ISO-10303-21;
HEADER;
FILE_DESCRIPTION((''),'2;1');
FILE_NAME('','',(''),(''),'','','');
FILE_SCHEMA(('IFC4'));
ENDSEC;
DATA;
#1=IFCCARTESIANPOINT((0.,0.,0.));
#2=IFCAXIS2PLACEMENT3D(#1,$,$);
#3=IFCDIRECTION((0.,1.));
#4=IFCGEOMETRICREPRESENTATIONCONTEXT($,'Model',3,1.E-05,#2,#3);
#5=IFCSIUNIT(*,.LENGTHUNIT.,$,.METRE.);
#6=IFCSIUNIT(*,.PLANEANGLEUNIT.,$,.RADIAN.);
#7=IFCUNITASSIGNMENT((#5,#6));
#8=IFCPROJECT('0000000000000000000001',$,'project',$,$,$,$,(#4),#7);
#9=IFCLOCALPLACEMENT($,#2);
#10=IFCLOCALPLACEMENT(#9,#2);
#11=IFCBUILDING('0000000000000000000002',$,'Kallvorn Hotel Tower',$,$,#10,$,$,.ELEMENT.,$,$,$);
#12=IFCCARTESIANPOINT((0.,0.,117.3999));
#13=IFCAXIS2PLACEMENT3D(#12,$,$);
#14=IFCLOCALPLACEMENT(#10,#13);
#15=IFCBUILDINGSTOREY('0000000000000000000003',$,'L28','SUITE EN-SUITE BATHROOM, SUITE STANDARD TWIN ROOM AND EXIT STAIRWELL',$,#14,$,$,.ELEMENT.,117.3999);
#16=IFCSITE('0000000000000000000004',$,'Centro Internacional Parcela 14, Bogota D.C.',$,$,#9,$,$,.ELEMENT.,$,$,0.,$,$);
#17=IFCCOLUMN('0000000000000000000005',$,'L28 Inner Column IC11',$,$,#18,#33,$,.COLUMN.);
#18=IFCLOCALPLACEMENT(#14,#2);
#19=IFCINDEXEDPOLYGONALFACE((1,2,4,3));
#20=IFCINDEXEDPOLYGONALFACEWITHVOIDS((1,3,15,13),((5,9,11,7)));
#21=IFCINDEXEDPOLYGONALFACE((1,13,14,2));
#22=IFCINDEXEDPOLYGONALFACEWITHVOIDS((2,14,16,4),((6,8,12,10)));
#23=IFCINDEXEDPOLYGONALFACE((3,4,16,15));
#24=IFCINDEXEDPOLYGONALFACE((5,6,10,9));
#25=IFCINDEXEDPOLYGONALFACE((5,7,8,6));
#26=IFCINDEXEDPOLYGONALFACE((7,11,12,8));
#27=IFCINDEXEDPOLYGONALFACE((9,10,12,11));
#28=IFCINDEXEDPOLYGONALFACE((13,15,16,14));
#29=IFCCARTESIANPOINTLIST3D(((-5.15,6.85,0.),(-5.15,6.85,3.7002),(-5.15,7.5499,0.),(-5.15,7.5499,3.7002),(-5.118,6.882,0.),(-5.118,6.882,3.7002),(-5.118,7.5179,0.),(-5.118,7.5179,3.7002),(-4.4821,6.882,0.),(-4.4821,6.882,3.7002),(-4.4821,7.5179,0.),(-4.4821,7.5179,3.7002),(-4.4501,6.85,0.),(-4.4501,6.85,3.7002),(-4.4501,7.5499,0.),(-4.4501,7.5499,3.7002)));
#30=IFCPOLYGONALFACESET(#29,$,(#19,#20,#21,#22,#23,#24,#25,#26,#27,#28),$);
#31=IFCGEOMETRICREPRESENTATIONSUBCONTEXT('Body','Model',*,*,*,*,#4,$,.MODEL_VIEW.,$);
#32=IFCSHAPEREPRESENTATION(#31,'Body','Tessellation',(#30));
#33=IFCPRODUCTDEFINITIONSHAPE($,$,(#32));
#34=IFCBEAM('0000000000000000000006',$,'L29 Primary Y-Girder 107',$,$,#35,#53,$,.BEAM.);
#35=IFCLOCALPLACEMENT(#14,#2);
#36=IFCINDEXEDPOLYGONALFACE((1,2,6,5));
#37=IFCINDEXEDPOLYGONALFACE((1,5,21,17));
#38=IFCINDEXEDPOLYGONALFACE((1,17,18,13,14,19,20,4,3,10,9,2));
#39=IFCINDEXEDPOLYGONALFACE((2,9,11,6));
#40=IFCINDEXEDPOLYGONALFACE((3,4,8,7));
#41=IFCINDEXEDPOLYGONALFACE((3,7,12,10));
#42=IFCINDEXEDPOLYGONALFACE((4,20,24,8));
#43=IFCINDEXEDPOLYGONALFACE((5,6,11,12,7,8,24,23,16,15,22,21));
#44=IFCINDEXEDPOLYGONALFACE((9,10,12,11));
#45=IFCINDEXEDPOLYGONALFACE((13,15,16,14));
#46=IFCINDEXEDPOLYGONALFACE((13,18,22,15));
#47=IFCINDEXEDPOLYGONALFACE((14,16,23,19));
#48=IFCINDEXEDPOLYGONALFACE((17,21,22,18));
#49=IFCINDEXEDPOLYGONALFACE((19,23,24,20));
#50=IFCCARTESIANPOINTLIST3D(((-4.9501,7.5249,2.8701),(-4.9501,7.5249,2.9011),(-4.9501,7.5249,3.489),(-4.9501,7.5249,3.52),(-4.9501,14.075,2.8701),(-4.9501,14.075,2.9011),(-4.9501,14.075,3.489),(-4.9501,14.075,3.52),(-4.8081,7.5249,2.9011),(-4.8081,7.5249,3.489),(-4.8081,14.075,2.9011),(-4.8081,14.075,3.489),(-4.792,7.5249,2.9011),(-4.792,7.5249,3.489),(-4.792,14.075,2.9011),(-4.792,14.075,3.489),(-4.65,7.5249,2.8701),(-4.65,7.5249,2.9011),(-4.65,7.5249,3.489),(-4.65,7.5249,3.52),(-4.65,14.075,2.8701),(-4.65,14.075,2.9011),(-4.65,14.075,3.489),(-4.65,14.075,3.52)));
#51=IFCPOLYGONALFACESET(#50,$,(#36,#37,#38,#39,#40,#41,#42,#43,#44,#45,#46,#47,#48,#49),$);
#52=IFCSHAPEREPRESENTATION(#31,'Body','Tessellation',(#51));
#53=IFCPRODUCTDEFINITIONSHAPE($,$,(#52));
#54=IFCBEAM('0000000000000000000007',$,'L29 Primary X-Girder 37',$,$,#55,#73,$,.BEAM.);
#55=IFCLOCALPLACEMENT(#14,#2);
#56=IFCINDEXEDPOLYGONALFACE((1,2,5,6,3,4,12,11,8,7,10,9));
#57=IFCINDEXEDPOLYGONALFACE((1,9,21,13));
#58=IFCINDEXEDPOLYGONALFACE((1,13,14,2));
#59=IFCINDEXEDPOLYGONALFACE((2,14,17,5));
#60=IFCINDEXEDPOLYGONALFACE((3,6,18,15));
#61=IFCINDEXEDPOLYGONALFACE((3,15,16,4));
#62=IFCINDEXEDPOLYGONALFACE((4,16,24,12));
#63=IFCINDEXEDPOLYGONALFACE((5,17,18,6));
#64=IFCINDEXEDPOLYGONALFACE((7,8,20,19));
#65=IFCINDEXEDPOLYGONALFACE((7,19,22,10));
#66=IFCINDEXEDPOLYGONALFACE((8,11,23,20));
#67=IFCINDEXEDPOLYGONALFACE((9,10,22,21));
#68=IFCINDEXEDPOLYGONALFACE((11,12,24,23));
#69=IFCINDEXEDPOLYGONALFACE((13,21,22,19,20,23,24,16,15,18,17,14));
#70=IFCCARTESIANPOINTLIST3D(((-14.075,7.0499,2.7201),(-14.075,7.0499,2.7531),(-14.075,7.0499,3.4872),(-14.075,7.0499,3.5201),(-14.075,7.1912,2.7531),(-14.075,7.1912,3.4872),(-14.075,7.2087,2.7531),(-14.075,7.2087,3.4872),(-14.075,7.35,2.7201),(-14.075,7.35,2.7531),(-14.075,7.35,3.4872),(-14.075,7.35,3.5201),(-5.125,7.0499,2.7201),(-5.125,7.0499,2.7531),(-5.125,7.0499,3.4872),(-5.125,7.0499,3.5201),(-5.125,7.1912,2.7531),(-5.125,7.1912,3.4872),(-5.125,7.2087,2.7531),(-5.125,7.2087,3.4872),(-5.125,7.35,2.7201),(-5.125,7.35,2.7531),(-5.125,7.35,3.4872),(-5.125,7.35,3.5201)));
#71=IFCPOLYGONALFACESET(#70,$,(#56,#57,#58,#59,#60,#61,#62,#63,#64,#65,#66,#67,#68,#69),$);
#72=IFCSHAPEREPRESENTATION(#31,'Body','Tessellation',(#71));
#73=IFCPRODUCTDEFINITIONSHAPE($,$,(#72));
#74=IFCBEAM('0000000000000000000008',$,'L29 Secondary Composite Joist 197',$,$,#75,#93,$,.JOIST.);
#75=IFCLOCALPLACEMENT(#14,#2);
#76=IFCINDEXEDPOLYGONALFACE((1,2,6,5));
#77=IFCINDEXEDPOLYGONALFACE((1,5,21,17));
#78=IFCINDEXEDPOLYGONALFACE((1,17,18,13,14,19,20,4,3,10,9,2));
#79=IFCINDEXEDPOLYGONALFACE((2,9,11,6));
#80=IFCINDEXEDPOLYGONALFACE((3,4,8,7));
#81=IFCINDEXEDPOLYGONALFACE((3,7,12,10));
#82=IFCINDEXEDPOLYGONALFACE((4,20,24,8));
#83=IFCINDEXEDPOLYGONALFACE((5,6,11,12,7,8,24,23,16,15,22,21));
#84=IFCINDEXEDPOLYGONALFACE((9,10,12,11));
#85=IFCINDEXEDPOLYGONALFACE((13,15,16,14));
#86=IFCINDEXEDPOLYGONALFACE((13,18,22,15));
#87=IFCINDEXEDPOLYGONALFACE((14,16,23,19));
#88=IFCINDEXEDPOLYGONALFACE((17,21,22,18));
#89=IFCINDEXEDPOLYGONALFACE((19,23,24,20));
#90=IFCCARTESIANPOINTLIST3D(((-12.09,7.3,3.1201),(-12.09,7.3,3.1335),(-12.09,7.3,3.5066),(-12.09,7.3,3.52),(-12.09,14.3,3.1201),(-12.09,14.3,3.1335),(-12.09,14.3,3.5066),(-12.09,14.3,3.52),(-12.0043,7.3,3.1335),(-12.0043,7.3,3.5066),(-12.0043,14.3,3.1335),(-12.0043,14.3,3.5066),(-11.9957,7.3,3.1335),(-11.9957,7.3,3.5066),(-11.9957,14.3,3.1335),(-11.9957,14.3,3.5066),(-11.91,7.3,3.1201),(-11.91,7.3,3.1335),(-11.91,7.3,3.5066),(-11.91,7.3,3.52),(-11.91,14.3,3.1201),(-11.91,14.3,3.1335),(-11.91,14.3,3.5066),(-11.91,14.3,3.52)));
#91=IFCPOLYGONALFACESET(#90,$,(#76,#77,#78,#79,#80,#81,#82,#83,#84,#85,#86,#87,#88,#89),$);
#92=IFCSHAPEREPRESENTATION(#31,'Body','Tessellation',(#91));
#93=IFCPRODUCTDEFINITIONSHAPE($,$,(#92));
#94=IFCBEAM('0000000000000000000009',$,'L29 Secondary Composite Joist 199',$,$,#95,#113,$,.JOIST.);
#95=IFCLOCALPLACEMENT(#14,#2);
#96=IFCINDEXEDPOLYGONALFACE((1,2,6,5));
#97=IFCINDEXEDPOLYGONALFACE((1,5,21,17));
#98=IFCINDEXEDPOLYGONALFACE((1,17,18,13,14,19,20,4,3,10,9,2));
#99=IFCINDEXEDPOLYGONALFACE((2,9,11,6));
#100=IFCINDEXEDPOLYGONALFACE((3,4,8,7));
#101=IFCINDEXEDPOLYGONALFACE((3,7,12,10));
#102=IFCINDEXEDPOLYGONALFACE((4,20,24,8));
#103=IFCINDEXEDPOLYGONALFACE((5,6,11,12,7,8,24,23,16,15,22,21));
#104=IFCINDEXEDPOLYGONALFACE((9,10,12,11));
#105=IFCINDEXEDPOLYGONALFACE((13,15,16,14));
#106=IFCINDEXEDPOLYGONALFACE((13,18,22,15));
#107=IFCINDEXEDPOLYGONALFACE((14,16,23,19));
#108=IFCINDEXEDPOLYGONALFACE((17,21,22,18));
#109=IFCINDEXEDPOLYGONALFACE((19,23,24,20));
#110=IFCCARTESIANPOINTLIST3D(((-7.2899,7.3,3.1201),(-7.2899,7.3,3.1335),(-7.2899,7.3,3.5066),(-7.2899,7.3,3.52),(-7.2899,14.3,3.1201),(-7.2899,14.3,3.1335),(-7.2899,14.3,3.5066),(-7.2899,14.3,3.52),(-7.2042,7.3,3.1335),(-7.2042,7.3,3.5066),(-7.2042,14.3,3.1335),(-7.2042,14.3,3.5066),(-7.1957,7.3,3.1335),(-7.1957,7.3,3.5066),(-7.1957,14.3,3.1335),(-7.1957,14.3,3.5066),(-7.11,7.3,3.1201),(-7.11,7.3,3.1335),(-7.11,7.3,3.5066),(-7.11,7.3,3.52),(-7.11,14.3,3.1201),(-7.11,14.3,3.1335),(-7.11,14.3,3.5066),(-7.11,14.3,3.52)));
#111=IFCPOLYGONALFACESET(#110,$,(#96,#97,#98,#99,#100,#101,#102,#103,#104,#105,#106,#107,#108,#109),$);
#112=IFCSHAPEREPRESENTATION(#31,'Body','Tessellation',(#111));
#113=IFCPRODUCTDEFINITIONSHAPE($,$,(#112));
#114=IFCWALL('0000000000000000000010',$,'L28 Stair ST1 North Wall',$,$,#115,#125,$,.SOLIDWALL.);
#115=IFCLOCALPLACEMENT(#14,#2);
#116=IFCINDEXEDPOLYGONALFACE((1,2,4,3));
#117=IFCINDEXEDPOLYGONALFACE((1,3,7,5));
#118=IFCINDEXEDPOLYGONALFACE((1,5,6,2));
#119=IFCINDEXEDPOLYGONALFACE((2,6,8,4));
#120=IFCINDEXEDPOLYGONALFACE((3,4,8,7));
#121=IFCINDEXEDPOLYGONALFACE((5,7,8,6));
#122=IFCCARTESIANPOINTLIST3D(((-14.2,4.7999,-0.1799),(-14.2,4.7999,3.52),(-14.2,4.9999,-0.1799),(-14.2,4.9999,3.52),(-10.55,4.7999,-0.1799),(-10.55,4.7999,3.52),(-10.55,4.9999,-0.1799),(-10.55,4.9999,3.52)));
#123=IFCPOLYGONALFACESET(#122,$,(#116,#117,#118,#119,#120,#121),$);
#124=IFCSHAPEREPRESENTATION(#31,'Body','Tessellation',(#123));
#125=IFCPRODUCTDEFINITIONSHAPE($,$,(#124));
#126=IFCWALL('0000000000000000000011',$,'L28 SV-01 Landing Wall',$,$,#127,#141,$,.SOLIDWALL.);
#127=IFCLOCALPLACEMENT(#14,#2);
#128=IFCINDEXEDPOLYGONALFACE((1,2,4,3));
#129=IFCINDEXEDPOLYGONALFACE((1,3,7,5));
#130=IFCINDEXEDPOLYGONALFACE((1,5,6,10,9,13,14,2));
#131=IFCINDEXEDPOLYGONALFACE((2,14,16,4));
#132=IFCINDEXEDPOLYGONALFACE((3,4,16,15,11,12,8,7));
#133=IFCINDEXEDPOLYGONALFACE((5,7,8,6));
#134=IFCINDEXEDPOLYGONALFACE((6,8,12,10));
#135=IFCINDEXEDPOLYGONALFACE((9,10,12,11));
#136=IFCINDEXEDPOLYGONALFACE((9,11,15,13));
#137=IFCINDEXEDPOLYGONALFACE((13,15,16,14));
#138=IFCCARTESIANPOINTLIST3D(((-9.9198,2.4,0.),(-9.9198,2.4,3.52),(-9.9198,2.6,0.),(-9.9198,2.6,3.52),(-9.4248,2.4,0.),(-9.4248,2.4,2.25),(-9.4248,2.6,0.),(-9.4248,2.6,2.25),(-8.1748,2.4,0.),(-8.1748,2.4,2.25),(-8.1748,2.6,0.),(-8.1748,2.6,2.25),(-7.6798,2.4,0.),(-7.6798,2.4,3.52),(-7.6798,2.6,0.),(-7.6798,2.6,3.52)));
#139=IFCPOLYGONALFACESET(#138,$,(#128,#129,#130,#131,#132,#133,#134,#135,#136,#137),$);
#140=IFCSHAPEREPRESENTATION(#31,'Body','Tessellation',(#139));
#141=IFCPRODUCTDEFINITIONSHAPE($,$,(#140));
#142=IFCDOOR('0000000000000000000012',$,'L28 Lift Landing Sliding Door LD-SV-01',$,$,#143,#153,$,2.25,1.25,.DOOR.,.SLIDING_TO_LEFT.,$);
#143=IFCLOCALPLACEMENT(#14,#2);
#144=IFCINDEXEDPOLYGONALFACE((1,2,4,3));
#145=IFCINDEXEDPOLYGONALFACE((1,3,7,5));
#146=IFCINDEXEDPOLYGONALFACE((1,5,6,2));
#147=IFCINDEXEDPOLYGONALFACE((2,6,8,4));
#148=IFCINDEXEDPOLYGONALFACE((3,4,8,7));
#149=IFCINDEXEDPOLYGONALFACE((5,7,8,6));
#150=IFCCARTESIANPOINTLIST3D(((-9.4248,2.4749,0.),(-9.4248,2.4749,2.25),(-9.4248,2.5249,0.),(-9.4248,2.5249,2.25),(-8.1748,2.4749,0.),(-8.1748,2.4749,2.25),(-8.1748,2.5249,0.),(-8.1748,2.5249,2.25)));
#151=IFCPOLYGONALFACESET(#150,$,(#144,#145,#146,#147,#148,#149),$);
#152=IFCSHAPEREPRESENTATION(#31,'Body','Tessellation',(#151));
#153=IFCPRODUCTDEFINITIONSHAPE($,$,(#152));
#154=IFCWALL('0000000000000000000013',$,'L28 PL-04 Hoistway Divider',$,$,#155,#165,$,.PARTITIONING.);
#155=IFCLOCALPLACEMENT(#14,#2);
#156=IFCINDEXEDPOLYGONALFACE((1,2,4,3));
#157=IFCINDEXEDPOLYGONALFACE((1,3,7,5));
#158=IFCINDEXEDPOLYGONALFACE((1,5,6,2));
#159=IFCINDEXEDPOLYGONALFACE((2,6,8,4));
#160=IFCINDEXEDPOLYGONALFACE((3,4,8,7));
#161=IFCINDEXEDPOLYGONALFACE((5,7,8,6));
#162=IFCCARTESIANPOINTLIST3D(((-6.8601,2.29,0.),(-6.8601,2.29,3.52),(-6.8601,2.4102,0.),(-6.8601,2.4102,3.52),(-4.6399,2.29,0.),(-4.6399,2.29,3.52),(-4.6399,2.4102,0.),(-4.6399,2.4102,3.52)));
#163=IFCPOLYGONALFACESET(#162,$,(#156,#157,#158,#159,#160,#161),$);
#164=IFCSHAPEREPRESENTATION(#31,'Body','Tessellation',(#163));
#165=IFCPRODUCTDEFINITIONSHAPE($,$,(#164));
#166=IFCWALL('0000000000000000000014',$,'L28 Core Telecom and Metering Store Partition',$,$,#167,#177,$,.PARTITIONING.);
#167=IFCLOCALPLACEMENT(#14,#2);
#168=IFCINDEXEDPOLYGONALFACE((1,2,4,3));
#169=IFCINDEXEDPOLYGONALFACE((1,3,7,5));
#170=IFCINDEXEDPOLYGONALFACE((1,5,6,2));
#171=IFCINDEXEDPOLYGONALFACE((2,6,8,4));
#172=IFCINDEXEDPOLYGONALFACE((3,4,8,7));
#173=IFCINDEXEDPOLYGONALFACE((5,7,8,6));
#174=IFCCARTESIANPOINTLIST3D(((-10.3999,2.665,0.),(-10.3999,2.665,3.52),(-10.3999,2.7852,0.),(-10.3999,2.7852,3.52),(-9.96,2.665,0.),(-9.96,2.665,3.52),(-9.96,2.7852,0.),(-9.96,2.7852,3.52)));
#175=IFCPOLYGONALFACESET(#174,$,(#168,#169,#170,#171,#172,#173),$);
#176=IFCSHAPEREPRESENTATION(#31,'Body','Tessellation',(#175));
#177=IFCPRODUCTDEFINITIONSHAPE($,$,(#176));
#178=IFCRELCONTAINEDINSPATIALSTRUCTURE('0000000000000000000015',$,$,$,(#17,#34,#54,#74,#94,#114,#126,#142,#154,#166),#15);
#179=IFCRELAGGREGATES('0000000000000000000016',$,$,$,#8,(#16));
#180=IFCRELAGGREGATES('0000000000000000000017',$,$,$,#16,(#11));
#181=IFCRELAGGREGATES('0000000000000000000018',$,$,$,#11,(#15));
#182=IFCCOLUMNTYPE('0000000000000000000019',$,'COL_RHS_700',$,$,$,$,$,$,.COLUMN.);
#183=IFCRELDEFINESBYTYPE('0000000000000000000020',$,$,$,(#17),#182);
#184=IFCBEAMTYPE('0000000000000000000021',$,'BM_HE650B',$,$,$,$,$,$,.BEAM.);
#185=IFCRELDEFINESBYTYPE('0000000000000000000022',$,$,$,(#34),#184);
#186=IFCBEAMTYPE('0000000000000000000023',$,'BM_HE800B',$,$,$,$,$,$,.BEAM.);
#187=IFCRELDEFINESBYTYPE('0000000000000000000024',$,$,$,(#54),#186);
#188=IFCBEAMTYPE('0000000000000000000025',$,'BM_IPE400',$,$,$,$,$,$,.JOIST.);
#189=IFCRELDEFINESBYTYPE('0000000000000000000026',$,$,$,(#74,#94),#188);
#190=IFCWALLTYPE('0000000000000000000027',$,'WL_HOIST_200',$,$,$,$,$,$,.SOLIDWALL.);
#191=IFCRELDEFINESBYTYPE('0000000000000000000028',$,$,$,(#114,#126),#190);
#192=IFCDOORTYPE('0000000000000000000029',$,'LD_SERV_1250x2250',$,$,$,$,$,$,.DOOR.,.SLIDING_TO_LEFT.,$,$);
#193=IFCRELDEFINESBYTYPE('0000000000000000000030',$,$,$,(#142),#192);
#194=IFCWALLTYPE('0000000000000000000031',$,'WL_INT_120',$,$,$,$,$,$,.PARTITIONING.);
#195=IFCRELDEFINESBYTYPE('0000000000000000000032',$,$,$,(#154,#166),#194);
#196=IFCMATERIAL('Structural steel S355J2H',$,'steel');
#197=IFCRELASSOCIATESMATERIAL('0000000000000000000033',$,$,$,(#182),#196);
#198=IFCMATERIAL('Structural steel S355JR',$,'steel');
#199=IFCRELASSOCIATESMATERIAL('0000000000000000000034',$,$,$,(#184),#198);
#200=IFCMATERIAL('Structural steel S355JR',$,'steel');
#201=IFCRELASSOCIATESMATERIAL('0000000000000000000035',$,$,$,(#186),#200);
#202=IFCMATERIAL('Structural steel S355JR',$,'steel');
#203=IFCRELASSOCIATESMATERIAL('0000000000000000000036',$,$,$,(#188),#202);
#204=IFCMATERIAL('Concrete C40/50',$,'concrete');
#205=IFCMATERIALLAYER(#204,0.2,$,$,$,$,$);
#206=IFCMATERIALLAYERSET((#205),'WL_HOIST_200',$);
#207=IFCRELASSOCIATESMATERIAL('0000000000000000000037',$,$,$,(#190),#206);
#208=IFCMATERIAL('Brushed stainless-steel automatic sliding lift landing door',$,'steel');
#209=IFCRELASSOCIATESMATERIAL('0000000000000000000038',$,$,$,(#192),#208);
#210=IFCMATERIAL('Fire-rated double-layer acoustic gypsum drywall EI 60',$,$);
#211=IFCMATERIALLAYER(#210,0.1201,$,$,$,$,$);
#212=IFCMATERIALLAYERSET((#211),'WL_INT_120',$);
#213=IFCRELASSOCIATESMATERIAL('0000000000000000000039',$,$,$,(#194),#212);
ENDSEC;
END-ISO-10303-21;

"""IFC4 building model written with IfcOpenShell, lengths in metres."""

from ifc_helpers import new_model, si_unit, direction, frame, frame_2d, origin, origin_2d, place, context, subcontext, project, spatial, rectangle, hollow_rectangle, i_section, extrude, material, layer, layer_set, material_profile, profile_set, type_object, element, fill, save


model = new_model("IFC4")

# Units and contexts
model_context = context("Model", 3, precision=1e-05, world=origin(), true_north=direction((0.0, 1.0)))
body_context = subcontext(model_context, "Body", "Model", "MODEL_VIEW")
ifc_project = project(units=[si_unit("LENGTHUNIT", "METRE"), si_unit("PLANEANGLEUNIT", "RADIAN")], contexts=[model_context])

# Site, building, storey
site_placement = place(None, origin())
site = spatial("IfcSite", under=ifc_project, at=site_placement, Name="Centro Internacional Parcela 14, Bogota D.C.", CompositionType="ELEMENT", RefElevation=0.0)
building_placement = place(site_placement, origin())
building = spatial("IfcBuilding", under=site, at=building_placement, Name="Kallvorn Hotel Tower", CompositionType="ELEMENT")
storey_placement = place(building_placement, frame((0.0, 0.0, 117.3999)))
storey = spatial("IfcBuildingStorey", under=building, at=storey_placement, Name="L28", Description="SUITE EN-SUITE BATHROOM, SUITE STANDARD TWIN ROOM AND EXIT STAIRWELL", CompositionType="ELEMENT", Elevation=117.3999)

# Column
ifc_material_1 = material(Name="Structural steel S355J2H", Category="steel")
ifc_material_profile_1 = material_profile(ifc_material_1, hollow_rectangle(XDim=0.7, YDim=0.7, WallThickness=0.032, at=origin_2d()), Name="RHS 700x700x32")
ifc_profile_set_1 = profile_set([ifc_material_profile_1], Name="Structural steel S355J2H")
column_type = type_object("IfcColumnType", Name="COL_RHS_700", PredefinedType="COLUMN", material=ifc_profile_set_1)
column_placement = place(storey_placement, frame((-4.8, 7.2, 0.0), z_axis=(0.0, 0.0, 1.0), x_axis=(1.0, 0.0, 0.0)))
element("IfcColumn", 1, at=column_placement, inside=storey, type_object=column_type, Name="L28 Inner Column IC11", PredefinedType="COLUMN", context=body_context, shape_type="SweptSolid", body=[
    extrude(hollow_rectangle(XDim=0.7, YDim=0.7, WallThickness=0.032, at=origin_2d()), origin(), (0.0, 0.0, 1.0), 3.7002),
])

# Beams
ifc_material_2 = material(Name="Structural steel S355JR", Category="steel")
ifc_material_profile_2 = material_profile(ifc_material_2, i_section(OverallWidth=0.3, OverallDepth=0.6499, WebThickness=0.0161, FlangeThickness=0.031, at=origin_2d()), Name="HE 650 B")
ifc_profile_set_2 = profile_set([ifc_material_profile_2], Name="Structural steel S355JR")
beam_type_1 = type_object("IfcBeamType", Name="BM_HE650B", PredefinedType="BEAM", material=ifc_profile_set_2)
beam_1_placement = place(storey_placement, frame((-4.8, 7.5249, 3.1951), z_axis=(0.0, 1.0, 0.0), x_axis=(-1.0, 0.0, 0.0)))
element("IfcBeam", 2, at=beam_1_placement, inside=storey, type_object=beam_type_1, Name="L29 Primary Y-Girder 107", PredefinedType="BEAM", context=body_context, shape_type="SweptSolid", body=[
    extrude(i_section(OverallWidth=0.3, OverallDepth=0.6499, WebThickness=0.0161, FlangeThickness=0.031, at=origin_2d()), origin(), (0.0, 0.0, 1.0), 6.55),
])
ifc_material_3 = material(Name="Structural steel S355JR", Category="steel")
ifc_material_profile_3 = material_profile(ifc_material_3, i_section(OverallWidth=0.3, OverallDepth=0.8, WebThickness=0.0176, FlangeThickness=0.033, at=origin_2d()), Name="HE 800 B")
ifc_profile_set_3 = profile_set([ifc_material_profile_3], Name="Structural steel S355JR")
beam_type_2 = type_object("IfcBeamType", Name="BM_HE800B", PredefinedType="BEAM", material=ifc_profile_set_3)
beam_2_placement = place(storey_placement, frame((-14.075, 7.2, 3.1201), z_axis=(1.0, 0.0, 0.0), x_axis=(0.0, 1.0, 0.0)))
element("IfcBeam", 3, at=beam_2_placement, inside=storey, type_object=beam_type_2, Name="L29 Primary X-Girder 37", PredefinedType="BEAM", context=body_context, shape_type="SweptSolid", body=[
    extrude(i_section(OverallWidth=0.3, OverallDepth=0.8, WebThickness=0.0176, FlangeThickness=0.033, at=origin_2d()), origin(), (0.0, 0.0, 1.0), 8.95),
])
ifc_material_4 = material(Name="Structural steel S355JR", Category="steel")
ifc_material_profile_4 = material_profile(ifc_material_4, i_section(OverallWidth=0.1799, OverallDepth=0.3999, WebThickness=0.0085, FlangeThickness=0.0134, at=origin_2d()), Name="IPE 400")
ifc_profile_set_4 = profile_set([ifc_material_profile_4], Name="Structural steel S355JR")
beam_type_3 = type_object("IfcBeamType", Name="BM_IPE400", PredefinedType="JOIST", material=ifc_profile_set_4)
for number, where, z_axis, x_axis, name in (
    (4, (-12.0, 7.3, 3.3201), (0.0, 1.0, 0.0), (-1.0, 0.0, 0.0), "L29 Secondary Composite Joist 197"),
    (5, (-7.2, 7.3, 3.3201), (0.0, 1.0, 0.0), (-1.0, 0.0, 0.0), "L29 Secondary Composite Joist 199"),
):
    element("IfcBeam", number, at=place(storey_placement, frame(where, z_axis=z_axis, x_axis=x_axis)), inside=storey, type_object=beam_type_3, Name=name, PredefinedType="JOIST", context=body_context, shape_type="SweptSolid", body=[
        extrude(i_section(OverallWidth=0.1799, OverallDepth=0.3999, WebThickness=0.0085, FlangeThickness=0.0134, at=origin_2d()), origin(), (0.0, 0.0, 1.0), 7.0),
    ])

# Wall
ifc_material_5 = material(Name="Concrete C40/50", Category="concrete")
ifc_layer_1 = layer(ifc_material_5, 0.2)
ifc_layer_set_1 = layer_set([ifc_layer_1], Name="WL_HOIST_200")
wall_type_1 = type_object("IfcWallType", Name="WL_HOIST_200", PredefinedType="SOLIDWALL", material=ifc_layer_set_1)
wall_1_placement = place(storey_placement, frame((-14.2, 4.8999, -0.1799), z_axis=(0.0, 0.0, 1.0), x_axis=(1.0, 0.0, 0.0)))
element("IfcWall", 6, at=wall_1_placement, inside=storey, type_object=wall_type_1, Name="L28 Stair ST1 North Wall", PredefinedType="SOLIDWALL", context=body_context, shape_type="SweptSolid", body=[
    extrude(rectangle(XDim=3.6499, YDim=0.2, at=frame_2d((1.825, 0.0))), origin(), (0.0, 0.0, 1.0), 3.7),
])

# Wall, opening, door
wall_2_placement = place(storey_placement, frame((-9.9199, 2.5, 0.0), z_axis=(0.0, 0.0, 1.0), x_axis=(1.0, 0.0, 0.0)))
wall_2 = element("IfcWall", 7, at=wall_2_placement, inside=storey, type_object=wall_type_1, Name="L28 SV-01 Landing Wall", PredefinedType="SOLIDWALL", context=body_context, shape_type="SweptSolid", body=[
    extrude(rectangle(XDim=2.24, YDim=0.2, at=frame_2d((1.1201, 0.0))), origin(), (0.0, 0.0, 1.0), 3.52),
])
opening_1_placement = place(wall_2_placement, frame((0.4951, 0.0, 0.0)))
opening_1 = element("IfcOpeningElement", 8, at=opening_1_placement, cuts=wall_2, PredefinedType="OPENING", context=body_context, shape_type="SweptSolid", body=[
    extrude(rectangle(XDim=1.25, YDim=2.25, at=frame_2d((0.625, 1.125))), frame((0.0, 0.115, 0.0), z_axis=(0.0, -1.0, 0.0), x_axis=(1.0, 0.0, 0.0)), (0.0, 0.0, 1.0), 0.23),
])
ifc_material_6 = material(Name="Brushed stainless-steel automatic sliding lift landing door", Category="steel")
door_type_1 = type_object("IfcDoorType", Name="LD_SERV_1250x2250", OperationType="SLIDING_TO_LEFT", PredefinedType="DOOR", material=ifc_material_6)
door_1_placement = place(opening_1_placement, origin())
door_1 = element("IfcDoor", 9, at=door_1_placement, inside=storey, type_object=door_type_1, Name="L28 Lift Landing Sliding Door LD-SV-01", OperationType="SLIDING_TO_LEFT", OverallHeight=2.25, OverallWidth=1.25, PredefinedType="DOOR", context=body_context, shape_type="SweptSolid", body=[
    extrude(rectangle(XDim=1.25, YDim=2.25, at=frame_2d((0.625, 1.125))), frame((0.0, 0.0249, 0.0), z_axis=(0.0, -1.0, 0.0), x_axis=(1.0, 0.0, 0.0)), (0.0, 0.0, 1.0), 0.05),
])
fill(opening_1, door_1)

# Walls
ifc_material_7 = material(Name="Fire-rated double-layer acoustic gypsum drywall EI 60")
ifc_layer_2 = layer(ifc_material_7, 0.1201)
ifc_layer_set_2 = layer_set([ifc_layer_2], Name="WL_INT_120")
wall_type_2 = type_object("IfcWallType", Name="WL_INT_120", PredefinedType="PARTITIONING", material=ifc_layer_set_2)
wall_3_placement = place(storey_placement, frame((-6.8601, 2.3501, 0.0), z_axis=(0.0, 0.0, 1.0), x_axis=(1.0, 0.0, 0.0)))
element("IfcWall", 10, at=wall_3_placement, inside=storey, type_object=wall_type_2, Name="L28 PL-04 Hoistway Divider", PredefinedType="PARTITIONING", context=body_context, shape_type="SweptSolid", body=[
    extrude(rectangle(XDim=2.2202, YDim=0.1201, at=frame_2d((1.1101, 0.0))), origin(), (0.0, 0.0, 1.0), 3.52),
])
for number, where, z_axis, x_axis, name in (
    (11, (-10.3999, 2.7251, 0.0), (0.0, 0.0, 1.0), (1.0, 0.0, 0.0), "L28 Core Telecom and Metering Store Partition"),
):
    element("IfcWall", number, at=place(storey_placement, frame(where, z_axis=z_axis, x_axis=x_axis)), inside=storey, type_object=wall_type_2, Name=name, PredefinedType="PARTITIONING", context=body_context, shape_type="SweptSolid", body=[
        extrude(rectangle(XDim=0.4399, YDim=0.1201, at=frame_2d((0.22, 0.0))), origin(), (0.0, 0.0, 1.0), 3.52),
    ])

save(model, "model.ifc")
